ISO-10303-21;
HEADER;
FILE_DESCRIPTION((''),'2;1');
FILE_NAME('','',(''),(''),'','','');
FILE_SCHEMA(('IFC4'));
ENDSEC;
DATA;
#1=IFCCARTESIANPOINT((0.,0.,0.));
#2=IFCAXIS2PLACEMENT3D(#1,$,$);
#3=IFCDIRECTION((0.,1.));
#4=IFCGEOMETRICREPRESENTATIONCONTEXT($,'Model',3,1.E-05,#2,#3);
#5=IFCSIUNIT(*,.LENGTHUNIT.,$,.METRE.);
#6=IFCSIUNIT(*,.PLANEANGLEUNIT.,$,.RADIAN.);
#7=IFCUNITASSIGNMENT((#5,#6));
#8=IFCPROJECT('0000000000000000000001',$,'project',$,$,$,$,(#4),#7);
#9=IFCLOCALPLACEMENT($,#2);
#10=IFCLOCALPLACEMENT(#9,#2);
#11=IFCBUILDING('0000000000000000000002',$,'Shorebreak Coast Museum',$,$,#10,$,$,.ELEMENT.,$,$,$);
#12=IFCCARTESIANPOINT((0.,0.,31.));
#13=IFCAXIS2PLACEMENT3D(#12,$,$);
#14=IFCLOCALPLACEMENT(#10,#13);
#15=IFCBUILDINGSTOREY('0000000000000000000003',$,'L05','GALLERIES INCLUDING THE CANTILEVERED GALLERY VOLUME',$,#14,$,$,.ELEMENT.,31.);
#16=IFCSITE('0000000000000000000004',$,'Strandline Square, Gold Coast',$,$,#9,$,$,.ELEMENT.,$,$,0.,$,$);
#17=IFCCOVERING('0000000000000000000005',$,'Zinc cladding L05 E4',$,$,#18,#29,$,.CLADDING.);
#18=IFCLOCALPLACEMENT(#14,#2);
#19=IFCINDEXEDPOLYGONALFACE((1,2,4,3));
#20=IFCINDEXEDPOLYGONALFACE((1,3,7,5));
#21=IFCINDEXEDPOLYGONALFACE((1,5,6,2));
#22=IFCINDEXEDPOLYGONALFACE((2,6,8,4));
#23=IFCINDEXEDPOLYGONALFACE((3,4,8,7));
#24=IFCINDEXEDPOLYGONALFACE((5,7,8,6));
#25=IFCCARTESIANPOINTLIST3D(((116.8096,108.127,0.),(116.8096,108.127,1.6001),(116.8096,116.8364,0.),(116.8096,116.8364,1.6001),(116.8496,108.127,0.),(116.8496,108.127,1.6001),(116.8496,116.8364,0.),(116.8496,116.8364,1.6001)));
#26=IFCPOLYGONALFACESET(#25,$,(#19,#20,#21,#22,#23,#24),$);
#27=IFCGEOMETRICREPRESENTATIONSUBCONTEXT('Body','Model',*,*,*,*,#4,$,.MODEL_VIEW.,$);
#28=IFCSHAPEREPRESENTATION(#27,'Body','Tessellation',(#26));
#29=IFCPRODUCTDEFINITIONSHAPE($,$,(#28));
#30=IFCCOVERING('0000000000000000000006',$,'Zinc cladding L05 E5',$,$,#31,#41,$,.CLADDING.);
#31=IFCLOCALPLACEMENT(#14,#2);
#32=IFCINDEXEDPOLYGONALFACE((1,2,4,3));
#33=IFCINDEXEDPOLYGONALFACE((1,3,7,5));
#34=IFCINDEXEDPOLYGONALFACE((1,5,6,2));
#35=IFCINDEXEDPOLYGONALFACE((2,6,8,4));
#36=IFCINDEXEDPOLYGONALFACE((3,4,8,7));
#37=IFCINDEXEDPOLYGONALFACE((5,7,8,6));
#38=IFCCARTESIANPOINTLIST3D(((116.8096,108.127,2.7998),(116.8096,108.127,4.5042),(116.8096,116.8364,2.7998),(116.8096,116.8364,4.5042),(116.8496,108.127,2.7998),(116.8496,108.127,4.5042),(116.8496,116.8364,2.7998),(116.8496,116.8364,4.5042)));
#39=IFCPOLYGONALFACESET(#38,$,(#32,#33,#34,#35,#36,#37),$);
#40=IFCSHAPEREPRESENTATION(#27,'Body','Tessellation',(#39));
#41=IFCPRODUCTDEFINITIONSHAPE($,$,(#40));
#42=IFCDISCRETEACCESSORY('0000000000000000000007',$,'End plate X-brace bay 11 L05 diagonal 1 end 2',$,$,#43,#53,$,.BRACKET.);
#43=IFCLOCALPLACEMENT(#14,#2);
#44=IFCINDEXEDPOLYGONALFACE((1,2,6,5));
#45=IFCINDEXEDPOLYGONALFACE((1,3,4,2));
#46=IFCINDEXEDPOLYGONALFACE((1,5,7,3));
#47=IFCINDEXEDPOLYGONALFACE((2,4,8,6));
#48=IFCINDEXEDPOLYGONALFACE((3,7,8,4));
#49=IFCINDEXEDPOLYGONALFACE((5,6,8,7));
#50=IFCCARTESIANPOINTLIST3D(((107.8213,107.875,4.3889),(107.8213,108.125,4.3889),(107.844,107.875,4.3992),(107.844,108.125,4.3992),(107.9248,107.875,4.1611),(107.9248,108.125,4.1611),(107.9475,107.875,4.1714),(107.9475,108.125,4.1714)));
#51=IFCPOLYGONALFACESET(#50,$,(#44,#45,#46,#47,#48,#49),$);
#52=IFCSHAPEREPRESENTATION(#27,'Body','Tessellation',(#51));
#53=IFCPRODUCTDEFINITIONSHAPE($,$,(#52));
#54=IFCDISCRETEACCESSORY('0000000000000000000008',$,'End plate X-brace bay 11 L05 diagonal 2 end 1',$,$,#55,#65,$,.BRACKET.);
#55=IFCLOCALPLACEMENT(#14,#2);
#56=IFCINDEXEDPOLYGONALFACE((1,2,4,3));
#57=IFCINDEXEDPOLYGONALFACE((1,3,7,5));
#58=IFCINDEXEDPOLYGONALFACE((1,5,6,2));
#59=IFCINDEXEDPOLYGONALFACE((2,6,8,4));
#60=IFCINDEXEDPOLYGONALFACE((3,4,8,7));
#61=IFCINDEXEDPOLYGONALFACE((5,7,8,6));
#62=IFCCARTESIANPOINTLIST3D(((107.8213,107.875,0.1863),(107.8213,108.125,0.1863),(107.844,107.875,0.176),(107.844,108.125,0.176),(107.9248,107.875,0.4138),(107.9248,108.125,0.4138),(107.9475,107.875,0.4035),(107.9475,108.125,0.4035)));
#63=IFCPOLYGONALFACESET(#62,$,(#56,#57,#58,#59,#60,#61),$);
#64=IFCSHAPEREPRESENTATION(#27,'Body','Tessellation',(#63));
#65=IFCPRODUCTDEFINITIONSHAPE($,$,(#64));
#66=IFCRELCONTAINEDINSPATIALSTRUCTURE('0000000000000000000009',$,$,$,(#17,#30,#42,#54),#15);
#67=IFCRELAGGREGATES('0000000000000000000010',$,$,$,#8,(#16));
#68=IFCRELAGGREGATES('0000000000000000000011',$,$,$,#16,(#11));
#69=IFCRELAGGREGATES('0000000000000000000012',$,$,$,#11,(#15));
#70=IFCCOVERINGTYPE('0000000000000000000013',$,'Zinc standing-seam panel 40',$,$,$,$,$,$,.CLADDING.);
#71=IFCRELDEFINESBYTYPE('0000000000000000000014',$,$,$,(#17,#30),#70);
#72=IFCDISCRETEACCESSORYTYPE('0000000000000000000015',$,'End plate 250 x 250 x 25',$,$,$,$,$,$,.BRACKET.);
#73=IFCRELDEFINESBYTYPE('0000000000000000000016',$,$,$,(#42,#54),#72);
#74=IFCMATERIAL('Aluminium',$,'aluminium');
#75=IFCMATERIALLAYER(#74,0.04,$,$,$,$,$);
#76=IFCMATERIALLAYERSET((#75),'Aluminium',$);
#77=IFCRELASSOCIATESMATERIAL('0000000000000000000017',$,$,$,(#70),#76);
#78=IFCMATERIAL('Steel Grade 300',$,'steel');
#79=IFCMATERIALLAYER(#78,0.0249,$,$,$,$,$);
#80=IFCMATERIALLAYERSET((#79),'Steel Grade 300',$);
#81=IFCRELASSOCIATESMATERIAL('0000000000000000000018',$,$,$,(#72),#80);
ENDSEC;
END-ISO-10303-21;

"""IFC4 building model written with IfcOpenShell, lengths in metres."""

from ifc_helpers import new_model, si_unit, direction, frame, origin, origin_2d, place, context, subcontext, project, spatial, polyline, rectangle, outline, extrude, material, layer, layer_set, type_object, element, save


model = new_model("IFC4")

# Units and contexts
model_context = context("Model", 3, precision=1e-05, world=origin(), true_north=direction((0.0, 1.0)))
body_context = subcontext(model_context, "Body", "Model", "MODEL_VIEW")
ifc_project = project(units=[si_unit("LENGTHUNIT", "METRE"), si_unit("PLANEANGLEUNIT", "RADIAN")], contexts=[model_context])

# Site, building, storey
site_placement = place(None, origin())
site = spatial("IfcSite", under=ifc_project, at=site_placement, Name="Strandline Square, Gold Coast", CompositionType="ELEMENT", RefElevation=0.0)
building_placement = place(site_placement, origin())
building = spatial("IfcBuilding", under=site, at=building_placement, Name="Shorebreak Coast Museum", CompositionType="ELEMENT")
storey_placement = place(building_placement, frame((0.0, 0.0, 31.0)))
storey = spatial("IfcBuildingStorey", under=building, at=storey_placement, Name="L05", Description="GALLERIES INCLUDING THE CANTILEVERED GALLERY VOLUME", CompositionType="ELEMENT", Elevation=31.0)

# Coverings
ifc_material_1 = material(Name="Aluminium", Category="aluminium")
ifc_layer_1 = layer(ifc_material_1, 0.04)
ifc_layer_set_1 = layer_set([ifc_layer_1], Name="Aluminium")
covering_type = type_object("IfcCoveringType", Name="Zinc standing-seam panel 40", PredefinedType="CLADDING", material=ifc_layer_set_1)
covering_1_placement = place(storey_placement, frame((116.8296, 112.4817, 0.0), z_axis=(0.0, 0.0, 1.0), x_axis=(1.0, 0.0, 0.0)))
element("IfcCovering", 1, at=covering_1_placement, inside=storey, type_object=covering_type, Name="Zinc cladding L05 E4", PredefinedType="CLADDING", context=body_context, shape_type="SweptSolid", body=[
    extrude(rectangle(XDim=0.04, YDim=8.7095, at=origin_2d()), origin(), (0.0, 0.0, 1.0), 1.6001),
])
covering_2_placement = place(storey_placement, frame((116.8296, 112.4817, 2.7998), z_axis=(0.0, 0.0, 1.0), x_axis=(1.0, 0.0, 0.0)))
element("IfcCovering", 2, at=covering_2_placement, inside=storey, type_object=covering_type, Name="Zinc cladding L05 E5", PredefinedType="CLADDING", context=body_context, shape_type="SweptSolid", body=[
    extrude(rectangle(XDim=0.04, YDim=8.7095, at=origin_2d()), origin(), (0.0, 0.0, 1.0), 1.7043),
])

# Discrete accessories
ifc_material_2 = material(Name="Steel Grade 300", Category="steel")
ifc_layer_2 = layer(ifc_material_2, 0.0249)
ifc_layer_set_2 = layer_set([ifc_layer_2], Name="Steel Grade 300")
discrete_accessory_type = type_object("IfcDiscreteAccessoryType", Name="End plate 250 x 250 x 25", PredefinedType="BRACKET", material=ifc_layer_set_2)
discrete_accessory_1_placement = place(storey_placement, frame((107.9475, 107.875, 4.1714), z_axis=(0.9104, 0.0, 0.413729), x_axis=(0.0, 1.0, 0.0)))
element("IfcDiscreteAccessory", 3, at=discrete_accessory_1_placement, inside=storey, type_object=discrete_accessory_type, Name="End plate X-brace bay 11 L05 diagonal 1 end 2", PredefinedType="BRACKET", context=body_context, shape_type="SweptSolid", body=[
    extrude(outline(polyline([(0.0, 0.0), (0.25, 0.0), (0.25, 0.2502), (0.0, 0.2502), (0.0, 0.0)])), origin(), (0.0, 0.0, -1.0), 0.0249),
])
discrete_accessory_2_placement = place(storey_placement, frame((107.8213, 108.125, 0.1863), z_axis=(-0.910233, 0.0, 0.414097), x_axis=(0.0, -1.0, 0.0)))
element("IfcDiscreteAccessory", 4, at=discrete_accessory_2_placement, inside=storey, type_object=discrete_accessory_type, Name="End plate X-brace bay 11 L05 diagonal 2 end 1", PredefinedType="BRACKET", context=body_context, shape_type="SweptSolid", body=[
    extrude(outline(polyline([(0.0, 0.0), (0.25, 0.0), (0.25, 0.25), (0.0, 0.25), (0.0, 0.0)])), origin(), (0.0, 0.0, -1.0), 0.0249),
])

save(model, "model.ifc")
